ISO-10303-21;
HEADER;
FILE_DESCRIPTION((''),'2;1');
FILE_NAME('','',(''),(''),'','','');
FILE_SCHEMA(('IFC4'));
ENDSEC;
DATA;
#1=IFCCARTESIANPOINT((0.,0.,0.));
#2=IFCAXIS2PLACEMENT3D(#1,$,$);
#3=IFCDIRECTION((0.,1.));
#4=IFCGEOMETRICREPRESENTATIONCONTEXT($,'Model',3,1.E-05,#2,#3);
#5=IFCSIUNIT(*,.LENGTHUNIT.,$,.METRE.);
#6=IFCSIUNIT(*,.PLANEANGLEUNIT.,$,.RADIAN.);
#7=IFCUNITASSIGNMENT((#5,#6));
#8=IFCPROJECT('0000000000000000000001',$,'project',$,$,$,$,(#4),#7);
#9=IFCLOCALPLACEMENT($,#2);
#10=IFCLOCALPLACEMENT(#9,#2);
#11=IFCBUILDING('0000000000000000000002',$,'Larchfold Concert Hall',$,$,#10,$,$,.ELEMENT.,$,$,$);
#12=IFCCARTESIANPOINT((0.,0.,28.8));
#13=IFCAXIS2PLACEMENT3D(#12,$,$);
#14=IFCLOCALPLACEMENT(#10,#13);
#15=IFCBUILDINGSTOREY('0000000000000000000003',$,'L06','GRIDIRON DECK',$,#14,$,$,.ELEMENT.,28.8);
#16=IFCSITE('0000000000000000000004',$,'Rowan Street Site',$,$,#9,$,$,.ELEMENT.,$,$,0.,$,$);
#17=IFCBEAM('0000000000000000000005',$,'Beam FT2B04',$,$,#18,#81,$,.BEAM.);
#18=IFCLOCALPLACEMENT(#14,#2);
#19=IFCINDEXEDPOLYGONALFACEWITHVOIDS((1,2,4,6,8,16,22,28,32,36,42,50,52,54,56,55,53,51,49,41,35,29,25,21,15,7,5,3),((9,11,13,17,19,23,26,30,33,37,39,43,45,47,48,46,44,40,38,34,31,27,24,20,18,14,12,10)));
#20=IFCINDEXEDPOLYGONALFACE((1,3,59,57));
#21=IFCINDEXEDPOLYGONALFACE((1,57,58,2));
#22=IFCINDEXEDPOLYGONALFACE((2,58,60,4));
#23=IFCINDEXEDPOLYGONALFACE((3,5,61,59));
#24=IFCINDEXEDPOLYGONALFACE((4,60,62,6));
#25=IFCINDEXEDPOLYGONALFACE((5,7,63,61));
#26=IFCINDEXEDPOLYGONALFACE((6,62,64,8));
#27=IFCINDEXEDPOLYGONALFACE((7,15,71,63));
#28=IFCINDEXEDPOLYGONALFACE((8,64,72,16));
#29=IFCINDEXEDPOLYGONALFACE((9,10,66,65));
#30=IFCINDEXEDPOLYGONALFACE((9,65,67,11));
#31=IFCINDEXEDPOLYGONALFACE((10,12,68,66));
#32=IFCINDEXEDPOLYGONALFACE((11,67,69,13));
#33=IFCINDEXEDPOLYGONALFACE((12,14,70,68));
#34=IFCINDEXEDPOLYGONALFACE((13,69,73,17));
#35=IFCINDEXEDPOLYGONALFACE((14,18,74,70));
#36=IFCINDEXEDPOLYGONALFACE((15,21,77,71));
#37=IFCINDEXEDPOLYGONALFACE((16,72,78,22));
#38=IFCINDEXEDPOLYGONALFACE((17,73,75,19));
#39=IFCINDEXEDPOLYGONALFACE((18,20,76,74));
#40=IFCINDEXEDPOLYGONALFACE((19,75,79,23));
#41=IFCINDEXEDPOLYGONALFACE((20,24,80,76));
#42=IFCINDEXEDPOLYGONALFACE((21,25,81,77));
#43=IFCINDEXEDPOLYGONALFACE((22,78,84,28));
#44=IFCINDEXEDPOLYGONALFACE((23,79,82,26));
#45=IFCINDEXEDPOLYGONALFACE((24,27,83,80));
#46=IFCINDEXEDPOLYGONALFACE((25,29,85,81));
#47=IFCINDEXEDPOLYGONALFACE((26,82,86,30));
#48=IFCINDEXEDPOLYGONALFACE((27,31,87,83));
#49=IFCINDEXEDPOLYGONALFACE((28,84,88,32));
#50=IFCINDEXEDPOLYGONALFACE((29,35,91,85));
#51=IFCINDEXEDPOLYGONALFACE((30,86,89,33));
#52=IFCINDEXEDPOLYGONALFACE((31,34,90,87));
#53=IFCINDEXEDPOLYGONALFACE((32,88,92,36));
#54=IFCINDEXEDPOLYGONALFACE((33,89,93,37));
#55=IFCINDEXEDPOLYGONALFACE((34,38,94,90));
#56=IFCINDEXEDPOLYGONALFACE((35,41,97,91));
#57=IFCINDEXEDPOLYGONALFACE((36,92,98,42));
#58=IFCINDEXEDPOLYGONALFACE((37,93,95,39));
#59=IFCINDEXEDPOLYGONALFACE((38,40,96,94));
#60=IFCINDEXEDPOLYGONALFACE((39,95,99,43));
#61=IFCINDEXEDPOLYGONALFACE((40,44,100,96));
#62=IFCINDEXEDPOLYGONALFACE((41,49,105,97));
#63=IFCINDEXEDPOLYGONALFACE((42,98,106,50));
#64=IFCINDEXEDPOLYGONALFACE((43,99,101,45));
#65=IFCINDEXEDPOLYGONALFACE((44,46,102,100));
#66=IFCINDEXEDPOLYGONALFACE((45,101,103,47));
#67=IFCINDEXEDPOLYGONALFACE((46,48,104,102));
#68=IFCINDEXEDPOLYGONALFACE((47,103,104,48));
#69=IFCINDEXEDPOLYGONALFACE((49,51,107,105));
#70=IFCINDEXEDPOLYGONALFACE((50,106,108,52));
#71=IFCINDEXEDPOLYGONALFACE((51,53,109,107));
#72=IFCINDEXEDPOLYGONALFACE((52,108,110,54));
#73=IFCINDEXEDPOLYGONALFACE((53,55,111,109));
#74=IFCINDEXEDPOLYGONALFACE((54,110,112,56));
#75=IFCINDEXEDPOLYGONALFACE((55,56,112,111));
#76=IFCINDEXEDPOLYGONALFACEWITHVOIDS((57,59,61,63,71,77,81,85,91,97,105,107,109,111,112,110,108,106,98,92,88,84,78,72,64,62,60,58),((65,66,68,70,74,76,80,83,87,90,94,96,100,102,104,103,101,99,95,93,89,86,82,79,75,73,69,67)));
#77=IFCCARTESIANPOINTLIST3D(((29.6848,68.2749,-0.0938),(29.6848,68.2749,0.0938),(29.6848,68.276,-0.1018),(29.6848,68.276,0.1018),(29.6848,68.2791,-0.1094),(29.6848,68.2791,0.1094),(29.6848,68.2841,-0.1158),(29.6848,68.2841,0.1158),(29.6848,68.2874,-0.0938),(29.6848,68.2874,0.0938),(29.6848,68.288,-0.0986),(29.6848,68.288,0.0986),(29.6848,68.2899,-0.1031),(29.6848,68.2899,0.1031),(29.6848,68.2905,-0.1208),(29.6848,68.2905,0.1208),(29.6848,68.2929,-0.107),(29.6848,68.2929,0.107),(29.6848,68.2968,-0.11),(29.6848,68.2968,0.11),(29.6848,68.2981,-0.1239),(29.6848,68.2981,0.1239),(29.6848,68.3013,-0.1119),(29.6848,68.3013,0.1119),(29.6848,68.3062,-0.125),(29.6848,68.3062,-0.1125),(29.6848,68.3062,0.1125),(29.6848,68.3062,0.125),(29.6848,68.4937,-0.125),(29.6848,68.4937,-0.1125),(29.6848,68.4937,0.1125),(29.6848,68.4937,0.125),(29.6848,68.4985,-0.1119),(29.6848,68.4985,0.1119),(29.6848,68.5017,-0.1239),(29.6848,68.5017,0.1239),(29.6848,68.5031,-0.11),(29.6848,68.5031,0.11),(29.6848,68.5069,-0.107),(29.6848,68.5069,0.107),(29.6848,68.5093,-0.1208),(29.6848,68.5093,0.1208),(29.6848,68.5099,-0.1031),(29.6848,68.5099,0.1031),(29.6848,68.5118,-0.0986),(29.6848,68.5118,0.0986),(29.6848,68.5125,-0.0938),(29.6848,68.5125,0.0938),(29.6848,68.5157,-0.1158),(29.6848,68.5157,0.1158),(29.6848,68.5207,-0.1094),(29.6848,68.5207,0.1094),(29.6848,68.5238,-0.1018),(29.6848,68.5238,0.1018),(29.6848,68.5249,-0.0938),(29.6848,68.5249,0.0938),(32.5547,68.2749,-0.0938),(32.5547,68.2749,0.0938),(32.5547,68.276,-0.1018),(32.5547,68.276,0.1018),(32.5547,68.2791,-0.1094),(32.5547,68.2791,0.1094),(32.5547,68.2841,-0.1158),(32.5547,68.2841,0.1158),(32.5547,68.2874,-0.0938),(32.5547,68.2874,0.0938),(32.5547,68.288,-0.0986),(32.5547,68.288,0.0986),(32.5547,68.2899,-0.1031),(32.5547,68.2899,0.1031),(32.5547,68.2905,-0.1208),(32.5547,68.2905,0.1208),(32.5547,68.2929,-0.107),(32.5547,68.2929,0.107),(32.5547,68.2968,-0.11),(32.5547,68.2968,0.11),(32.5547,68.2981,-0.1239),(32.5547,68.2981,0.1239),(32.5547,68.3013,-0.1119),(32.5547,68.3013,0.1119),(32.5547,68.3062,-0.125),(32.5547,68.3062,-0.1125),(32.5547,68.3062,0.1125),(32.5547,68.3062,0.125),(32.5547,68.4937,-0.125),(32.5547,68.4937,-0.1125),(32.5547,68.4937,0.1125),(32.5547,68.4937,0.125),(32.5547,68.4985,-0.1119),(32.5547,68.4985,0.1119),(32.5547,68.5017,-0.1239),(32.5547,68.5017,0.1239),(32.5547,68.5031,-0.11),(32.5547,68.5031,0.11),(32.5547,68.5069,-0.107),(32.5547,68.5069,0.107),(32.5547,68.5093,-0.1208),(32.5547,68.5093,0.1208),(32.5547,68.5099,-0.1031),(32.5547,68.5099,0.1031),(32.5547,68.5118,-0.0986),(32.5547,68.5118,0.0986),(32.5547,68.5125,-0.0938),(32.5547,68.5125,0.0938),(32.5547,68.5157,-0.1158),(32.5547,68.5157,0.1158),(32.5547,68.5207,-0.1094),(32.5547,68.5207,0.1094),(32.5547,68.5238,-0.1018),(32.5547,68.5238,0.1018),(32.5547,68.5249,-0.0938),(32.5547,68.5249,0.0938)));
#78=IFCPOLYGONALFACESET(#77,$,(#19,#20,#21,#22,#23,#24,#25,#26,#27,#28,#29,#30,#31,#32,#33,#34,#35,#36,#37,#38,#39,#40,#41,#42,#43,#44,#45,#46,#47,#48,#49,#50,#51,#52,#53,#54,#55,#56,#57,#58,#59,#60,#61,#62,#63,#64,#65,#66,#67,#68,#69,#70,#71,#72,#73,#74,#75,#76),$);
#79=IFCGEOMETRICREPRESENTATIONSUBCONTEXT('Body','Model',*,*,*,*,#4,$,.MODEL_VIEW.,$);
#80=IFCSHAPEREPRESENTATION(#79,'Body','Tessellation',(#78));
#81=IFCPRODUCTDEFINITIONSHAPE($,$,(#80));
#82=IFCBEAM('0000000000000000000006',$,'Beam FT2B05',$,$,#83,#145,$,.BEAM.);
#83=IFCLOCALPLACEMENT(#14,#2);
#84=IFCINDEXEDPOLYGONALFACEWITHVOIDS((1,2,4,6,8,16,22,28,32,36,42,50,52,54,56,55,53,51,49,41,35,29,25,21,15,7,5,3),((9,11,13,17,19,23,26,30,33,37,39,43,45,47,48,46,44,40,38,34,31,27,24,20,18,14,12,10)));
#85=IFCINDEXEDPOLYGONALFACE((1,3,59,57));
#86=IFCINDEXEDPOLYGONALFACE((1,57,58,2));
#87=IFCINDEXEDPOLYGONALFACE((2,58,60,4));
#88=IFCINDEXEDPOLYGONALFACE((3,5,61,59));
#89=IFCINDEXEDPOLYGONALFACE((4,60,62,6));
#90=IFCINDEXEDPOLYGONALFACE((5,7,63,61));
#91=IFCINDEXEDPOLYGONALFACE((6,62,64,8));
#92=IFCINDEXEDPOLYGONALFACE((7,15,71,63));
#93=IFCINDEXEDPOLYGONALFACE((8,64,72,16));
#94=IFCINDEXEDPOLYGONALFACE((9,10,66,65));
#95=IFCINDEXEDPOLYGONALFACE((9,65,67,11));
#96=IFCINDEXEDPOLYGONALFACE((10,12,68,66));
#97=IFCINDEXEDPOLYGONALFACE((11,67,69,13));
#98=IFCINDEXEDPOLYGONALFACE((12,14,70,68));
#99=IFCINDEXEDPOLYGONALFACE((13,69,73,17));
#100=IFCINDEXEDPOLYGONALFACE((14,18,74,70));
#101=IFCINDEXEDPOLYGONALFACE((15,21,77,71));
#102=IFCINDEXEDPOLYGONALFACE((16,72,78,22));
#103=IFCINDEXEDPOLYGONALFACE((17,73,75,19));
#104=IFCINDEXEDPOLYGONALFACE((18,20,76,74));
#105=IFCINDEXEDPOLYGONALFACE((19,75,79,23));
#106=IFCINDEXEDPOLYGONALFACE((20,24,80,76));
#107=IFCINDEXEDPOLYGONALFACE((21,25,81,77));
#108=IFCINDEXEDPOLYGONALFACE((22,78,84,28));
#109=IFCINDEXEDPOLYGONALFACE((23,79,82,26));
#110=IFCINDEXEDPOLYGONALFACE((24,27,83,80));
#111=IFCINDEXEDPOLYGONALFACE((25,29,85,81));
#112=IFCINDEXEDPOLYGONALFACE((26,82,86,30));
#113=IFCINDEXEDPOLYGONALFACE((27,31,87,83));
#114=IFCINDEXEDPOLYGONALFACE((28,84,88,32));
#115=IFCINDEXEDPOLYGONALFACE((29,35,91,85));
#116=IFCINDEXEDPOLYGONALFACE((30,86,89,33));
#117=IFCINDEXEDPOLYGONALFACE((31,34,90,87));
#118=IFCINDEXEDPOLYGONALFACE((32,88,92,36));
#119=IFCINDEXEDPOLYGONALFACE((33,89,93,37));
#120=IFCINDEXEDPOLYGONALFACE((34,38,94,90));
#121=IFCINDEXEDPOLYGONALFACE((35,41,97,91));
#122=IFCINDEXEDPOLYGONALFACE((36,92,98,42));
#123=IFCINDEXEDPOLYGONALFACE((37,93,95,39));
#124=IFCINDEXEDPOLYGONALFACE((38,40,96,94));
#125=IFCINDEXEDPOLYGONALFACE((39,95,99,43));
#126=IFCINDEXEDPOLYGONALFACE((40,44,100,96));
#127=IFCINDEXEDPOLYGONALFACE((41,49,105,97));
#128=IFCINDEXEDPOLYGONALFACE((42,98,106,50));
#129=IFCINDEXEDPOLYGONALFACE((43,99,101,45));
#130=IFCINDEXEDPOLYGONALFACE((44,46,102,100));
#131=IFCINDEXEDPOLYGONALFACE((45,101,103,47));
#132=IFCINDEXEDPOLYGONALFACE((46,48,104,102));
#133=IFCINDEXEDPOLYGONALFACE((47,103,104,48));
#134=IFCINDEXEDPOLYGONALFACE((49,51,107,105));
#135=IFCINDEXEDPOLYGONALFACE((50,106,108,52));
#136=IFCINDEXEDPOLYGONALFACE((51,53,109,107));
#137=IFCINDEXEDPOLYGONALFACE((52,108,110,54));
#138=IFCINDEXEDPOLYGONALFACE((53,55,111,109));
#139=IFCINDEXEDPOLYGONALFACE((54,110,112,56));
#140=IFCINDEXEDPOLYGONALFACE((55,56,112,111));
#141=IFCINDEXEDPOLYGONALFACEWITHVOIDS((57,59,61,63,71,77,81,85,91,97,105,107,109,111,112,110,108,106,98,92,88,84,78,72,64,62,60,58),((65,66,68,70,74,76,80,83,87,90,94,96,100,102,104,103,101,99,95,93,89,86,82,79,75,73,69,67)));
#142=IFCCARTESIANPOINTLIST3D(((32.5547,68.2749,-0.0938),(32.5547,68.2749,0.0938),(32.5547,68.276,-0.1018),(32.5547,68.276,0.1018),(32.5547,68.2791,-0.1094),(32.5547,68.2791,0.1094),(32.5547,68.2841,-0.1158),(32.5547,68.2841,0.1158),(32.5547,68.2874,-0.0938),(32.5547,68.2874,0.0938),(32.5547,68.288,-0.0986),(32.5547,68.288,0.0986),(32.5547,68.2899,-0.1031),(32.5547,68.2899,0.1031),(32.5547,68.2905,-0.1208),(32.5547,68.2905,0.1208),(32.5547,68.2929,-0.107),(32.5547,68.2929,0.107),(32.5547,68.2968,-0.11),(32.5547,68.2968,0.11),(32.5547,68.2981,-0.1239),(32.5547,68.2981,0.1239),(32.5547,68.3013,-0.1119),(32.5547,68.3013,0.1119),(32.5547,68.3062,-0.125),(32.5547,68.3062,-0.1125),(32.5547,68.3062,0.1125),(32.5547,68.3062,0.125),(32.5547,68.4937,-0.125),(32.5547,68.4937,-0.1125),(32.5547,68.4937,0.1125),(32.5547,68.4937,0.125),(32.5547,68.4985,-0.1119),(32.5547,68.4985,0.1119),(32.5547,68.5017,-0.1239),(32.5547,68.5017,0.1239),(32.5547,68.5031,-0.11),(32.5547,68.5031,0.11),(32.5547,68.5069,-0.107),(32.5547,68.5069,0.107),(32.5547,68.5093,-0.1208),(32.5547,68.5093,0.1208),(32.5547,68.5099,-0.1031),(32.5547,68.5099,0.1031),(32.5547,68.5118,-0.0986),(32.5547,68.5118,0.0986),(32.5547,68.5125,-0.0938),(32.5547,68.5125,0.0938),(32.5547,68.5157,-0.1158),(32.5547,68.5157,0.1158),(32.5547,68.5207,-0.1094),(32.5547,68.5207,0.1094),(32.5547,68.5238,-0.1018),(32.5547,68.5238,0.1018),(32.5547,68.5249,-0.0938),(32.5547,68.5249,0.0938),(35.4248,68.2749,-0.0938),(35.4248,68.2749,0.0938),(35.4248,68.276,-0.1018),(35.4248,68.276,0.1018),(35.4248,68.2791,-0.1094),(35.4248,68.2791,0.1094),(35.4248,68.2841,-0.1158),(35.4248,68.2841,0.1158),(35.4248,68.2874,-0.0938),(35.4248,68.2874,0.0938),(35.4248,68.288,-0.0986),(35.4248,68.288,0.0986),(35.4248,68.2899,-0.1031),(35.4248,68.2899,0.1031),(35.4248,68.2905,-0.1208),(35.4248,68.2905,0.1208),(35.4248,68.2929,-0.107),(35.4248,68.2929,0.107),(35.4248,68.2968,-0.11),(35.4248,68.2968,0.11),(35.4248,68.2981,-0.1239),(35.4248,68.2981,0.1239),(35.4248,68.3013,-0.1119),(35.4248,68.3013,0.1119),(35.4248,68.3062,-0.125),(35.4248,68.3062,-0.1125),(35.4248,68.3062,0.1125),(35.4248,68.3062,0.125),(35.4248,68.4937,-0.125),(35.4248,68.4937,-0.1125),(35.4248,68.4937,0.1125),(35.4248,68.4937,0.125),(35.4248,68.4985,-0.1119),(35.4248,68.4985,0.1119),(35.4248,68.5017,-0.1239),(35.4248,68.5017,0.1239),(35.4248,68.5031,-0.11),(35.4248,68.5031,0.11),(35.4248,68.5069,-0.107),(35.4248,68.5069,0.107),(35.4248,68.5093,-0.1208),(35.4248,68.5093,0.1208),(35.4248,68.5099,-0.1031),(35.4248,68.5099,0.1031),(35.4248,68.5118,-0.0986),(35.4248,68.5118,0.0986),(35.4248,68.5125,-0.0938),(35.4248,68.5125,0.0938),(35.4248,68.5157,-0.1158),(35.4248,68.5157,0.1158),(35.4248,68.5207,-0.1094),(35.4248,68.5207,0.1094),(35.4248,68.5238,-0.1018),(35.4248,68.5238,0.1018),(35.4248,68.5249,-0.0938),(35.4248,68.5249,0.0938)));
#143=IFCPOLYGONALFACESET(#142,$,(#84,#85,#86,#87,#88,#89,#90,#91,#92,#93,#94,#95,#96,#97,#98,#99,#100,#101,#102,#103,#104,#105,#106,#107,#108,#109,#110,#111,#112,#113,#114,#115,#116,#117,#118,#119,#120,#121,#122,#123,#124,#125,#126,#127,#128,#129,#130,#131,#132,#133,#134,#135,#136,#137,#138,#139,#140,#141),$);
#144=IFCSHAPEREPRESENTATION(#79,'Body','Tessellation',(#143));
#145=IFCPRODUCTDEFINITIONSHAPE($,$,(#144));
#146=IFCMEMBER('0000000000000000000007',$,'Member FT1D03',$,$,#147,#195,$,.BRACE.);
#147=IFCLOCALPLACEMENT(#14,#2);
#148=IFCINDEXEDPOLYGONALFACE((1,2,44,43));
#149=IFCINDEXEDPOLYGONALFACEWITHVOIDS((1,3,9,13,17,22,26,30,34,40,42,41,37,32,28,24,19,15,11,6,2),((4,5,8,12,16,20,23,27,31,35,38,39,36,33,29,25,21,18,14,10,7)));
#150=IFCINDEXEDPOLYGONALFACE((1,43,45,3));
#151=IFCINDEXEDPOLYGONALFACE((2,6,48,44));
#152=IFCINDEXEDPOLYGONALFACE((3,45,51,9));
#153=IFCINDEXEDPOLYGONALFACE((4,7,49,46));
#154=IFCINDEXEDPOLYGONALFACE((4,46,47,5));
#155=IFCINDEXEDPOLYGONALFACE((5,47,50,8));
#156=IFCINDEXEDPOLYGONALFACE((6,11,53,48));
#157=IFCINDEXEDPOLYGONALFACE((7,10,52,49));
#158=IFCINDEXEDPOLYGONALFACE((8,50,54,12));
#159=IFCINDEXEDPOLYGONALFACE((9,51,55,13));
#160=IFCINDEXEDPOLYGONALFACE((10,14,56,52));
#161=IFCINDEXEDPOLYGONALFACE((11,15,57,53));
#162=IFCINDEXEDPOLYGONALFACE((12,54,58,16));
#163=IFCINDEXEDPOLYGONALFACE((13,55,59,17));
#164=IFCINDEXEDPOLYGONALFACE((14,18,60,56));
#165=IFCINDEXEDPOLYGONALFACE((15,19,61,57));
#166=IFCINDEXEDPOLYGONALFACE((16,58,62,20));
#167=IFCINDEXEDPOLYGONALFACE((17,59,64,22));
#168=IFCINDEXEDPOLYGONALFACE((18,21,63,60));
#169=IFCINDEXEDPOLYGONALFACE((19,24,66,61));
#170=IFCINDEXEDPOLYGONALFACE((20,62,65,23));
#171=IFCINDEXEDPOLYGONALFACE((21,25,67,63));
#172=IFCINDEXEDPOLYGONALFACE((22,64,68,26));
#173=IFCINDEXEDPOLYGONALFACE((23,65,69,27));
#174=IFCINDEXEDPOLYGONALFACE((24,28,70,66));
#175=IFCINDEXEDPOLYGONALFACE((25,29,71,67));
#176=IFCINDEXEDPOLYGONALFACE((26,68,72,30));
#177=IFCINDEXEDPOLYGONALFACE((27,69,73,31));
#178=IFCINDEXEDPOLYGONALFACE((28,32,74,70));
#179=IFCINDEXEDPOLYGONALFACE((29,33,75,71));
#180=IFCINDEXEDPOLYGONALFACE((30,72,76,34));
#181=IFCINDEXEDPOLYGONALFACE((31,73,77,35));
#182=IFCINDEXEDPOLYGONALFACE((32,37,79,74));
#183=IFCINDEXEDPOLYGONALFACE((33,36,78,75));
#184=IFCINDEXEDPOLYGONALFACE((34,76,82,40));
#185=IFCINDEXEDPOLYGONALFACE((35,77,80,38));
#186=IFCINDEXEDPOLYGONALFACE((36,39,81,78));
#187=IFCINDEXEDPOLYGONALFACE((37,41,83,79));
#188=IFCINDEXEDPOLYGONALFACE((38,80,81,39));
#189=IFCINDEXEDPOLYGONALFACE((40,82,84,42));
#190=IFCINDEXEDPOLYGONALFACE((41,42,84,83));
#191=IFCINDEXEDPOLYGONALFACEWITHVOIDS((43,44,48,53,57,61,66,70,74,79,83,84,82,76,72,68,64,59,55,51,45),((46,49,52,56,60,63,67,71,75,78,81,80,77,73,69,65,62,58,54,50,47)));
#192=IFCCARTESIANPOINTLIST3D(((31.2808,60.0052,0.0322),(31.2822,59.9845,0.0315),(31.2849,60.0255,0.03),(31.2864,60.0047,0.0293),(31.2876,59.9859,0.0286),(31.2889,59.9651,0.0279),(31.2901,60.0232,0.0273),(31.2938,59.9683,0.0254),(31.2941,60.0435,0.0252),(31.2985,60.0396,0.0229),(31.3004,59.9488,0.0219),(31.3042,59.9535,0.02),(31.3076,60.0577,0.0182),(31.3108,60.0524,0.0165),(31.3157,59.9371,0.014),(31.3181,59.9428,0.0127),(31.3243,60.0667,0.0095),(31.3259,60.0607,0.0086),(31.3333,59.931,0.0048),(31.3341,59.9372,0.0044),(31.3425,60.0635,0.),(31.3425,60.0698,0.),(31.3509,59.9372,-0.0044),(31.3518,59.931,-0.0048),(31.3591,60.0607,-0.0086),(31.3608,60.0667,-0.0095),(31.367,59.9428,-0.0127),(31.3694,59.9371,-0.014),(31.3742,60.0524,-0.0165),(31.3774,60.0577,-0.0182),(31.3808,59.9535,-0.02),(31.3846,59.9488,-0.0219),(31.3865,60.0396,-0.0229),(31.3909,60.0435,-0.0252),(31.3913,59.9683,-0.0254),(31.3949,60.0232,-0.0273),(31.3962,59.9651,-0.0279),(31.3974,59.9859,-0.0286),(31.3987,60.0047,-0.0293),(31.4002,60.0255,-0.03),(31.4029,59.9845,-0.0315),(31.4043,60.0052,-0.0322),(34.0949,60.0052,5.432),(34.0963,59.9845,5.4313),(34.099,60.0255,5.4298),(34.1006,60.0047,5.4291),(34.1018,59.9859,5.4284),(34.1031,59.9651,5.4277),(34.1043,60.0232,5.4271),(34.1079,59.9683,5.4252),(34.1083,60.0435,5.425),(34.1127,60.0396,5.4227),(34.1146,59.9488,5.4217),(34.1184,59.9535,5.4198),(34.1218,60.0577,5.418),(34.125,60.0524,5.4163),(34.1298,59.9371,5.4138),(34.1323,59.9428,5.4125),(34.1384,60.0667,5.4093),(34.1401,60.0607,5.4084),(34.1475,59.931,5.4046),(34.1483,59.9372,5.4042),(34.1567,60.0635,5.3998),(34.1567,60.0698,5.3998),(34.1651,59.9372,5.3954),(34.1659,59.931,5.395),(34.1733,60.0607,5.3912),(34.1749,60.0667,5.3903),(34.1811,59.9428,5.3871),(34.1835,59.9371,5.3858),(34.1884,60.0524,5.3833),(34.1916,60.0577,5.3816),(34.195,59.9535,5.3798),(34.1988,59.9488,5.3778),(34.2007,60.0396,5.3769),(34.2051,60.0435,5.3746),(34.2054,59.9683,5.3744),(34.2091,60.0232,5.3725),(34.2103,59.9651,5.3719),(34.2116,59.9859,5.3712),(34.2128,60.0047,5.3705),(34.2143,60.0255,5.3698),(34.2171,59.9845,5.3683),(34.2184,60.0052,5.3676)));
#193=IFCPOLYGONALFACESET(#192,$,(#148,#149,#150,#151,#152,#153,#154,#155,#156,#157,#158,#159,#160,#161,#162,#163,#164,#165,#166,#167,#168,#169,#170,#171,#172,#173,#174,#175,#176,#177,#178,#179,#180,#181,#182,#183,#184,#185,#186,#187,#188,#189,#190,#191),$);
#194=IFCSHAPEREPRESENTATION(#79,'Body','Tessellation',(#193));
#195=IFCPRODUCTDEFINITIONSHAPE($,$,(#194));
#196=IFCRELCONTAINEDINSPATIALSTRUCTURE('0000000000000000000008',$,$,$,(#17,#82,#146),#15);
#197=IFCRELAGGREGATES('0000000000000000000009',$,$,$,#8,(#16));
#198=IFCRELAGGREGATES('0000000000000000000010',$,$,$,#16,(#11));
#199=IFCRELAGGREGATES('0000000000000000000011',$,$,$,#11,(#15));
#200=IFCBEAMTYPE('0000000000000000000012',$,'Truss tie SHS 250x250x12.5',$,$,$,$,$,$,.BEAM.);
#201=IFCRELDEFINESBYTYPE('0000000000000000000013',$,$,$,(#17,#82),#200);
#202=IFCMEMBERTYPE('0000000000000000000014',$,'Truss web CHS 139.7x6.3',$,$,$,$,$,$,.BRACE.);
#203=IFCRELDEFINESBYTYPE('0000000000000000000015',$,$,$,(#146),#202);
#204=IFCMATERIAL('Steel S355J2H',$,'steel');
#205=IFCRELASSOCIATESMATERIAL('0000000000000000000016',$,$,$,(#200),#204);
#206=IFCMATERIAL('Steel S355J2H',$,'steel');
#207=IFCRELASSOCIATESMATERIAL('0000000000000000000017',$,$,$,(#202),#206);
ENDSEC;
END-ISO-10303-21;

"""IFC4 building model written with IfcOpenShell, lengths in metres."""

from ifc_helpers import new_model, si_unit, direction, frame, origin, origin_2d, place, context, subcontext, project, spatial, hollow_rectangle, hollow_circle, extrude, material, material_profile, profile_set, type_object, element, save


model = new_model("IFC4")

# Units and contexts
model_context = context("Model", 3, precision=1e-05, world=origin(), true_north=direction((0.0, 1.0)))
body_context = subcontext(model_context, "Body", "Model", "MODEL_VIEW")
ifc_project = project(units=[si_unit("LENGTHUNIT", "METRE"), si_unit("PLANEANGLEUNIT", "RADIAN")], contexts=[model_context])

# Site, building, storey
site_placement = place(None, origin())
site = spatial("IfcSite", under=ifc_project, at=site_placement, Name="Rowan Street Site", CompositionType="ELEMENT", RefElevation=0.0)
building_placement = place(site_placement, origin())
building = spatial("IfcBuilding", under=site, at=building_placement, Name="Larchfold Concert Hall", CompositionType="ELEMENT")
storey_placement = place(building_placement, frame((0.0, 0.0, 28.8)))
storey = spatial("IfcBuildingStorey", under=building, at=storey_placement, Name="L06", Description="GRIDIRON DECK", CompositionType="ELEMENT", Elevation=28.8)

# Beams
ifc_material_1 = material(Name="Steel S355J2H", Category="steel")
ifc_material_profile_1 = material_profile(ifc_material_1, hollow_rectangle(XDim=0.25, YDim=0.25, WallThickness=0.0125, InnerFilletRadius=0.0188, OuterFilletRadius=0.0312, at=origin_2d()))
ifc_profile_set_1 = profile_set([ifc_material_profile_1], Name="Steel S355J2H")
beam_type_1 = type_object("IfcBeamType", Name="Truss tie SHS 250x250x12.5", PredefinedType="BEAM", material=ifc_profile_set_1)
beam_1_placement = place(storey_placement, frame((29.6848, 68.3999, 0.0), z_axis=(1.0, 0.0, 0.0), x_axis=(0.0, 1.0, 0.0)))
element("IfcBeam", 1, at=beam_1_placement, inside=storey, type_object=beam_type_1, Name="Beam FT2B04", PredefinedType="BEAM", context=body_context, shape_type="SweptSolid", body=[
    extrude(hollow_rectangle(XDim=0.25, YDim=0.25, WallThickness=0.0125, InnerFilletRadius=0.0188, OuterFilletRadius=0.0312, at=origin_2d()), origin(), (0.0, 0.0, 1.0), 2.8699),
])
beam_2_placement = place(storey_placement, frame((32.5547, 68.3999, 0.0), z_axis=(1.0, 0.0, 0.0), x_axis=(0.0, 1.0, 0.0)))
element("IfcBeam", 2, at=beam_2_placement, inside=storey, type_object=beam_type_1, Name="Beam FT2B05", PredefinedType="BEAM", context=body_context, shape_type="SweptSolid", body=[
    extrude(hollow_rectangle(XDim=0.25, YDim=0.25, WallThickness=0.0125, InnerFilletRadius=0.0188, OuterFilletRadius=0.0312, at=origin_2d()), origin(), (0.0, 0.0, 1.0), 2.8701),
])

# Member
ifc_material_2 = material(Name="Steel S355J2H", Category="steel")
ifc_material_profile_2 = material_profile(ifc_material_2, hollow_circle(Radius=0.0698, WallThickness=0.0063, at=origin_2d()))
ifc_profile_set_2 = profile_set([ifc_material_profile_2], Name="Steel S355J2H")
member_type_1 = type_object("IfcMemberType", Name="Truss web CHS 139.7x6.3", PredefinedType="BRACE", material=ifc_profile_set_2)
member_1_placement = place(storey_placement, frame((31.3425, 60.0, 0.0), z_axis=(0.462162, 0.0, 0.886796), x_axis=(0.0, 1.0, 0.0)))
element("IfcMember", 3, at=member_1_placement, inside=storey, type_object=member_type_1, Name="Member FT1D03", PredefinedType="BRACE", context=body_context, shape_type="SweptSolid", body=[
    extrude(hollow_circle(Radius=0.0698, WallThickness=0.0063, at=origin_2d()), origin(), (0.0, 0.0, 1.0), 6.0891),
])

save(model, "model.ifc")
